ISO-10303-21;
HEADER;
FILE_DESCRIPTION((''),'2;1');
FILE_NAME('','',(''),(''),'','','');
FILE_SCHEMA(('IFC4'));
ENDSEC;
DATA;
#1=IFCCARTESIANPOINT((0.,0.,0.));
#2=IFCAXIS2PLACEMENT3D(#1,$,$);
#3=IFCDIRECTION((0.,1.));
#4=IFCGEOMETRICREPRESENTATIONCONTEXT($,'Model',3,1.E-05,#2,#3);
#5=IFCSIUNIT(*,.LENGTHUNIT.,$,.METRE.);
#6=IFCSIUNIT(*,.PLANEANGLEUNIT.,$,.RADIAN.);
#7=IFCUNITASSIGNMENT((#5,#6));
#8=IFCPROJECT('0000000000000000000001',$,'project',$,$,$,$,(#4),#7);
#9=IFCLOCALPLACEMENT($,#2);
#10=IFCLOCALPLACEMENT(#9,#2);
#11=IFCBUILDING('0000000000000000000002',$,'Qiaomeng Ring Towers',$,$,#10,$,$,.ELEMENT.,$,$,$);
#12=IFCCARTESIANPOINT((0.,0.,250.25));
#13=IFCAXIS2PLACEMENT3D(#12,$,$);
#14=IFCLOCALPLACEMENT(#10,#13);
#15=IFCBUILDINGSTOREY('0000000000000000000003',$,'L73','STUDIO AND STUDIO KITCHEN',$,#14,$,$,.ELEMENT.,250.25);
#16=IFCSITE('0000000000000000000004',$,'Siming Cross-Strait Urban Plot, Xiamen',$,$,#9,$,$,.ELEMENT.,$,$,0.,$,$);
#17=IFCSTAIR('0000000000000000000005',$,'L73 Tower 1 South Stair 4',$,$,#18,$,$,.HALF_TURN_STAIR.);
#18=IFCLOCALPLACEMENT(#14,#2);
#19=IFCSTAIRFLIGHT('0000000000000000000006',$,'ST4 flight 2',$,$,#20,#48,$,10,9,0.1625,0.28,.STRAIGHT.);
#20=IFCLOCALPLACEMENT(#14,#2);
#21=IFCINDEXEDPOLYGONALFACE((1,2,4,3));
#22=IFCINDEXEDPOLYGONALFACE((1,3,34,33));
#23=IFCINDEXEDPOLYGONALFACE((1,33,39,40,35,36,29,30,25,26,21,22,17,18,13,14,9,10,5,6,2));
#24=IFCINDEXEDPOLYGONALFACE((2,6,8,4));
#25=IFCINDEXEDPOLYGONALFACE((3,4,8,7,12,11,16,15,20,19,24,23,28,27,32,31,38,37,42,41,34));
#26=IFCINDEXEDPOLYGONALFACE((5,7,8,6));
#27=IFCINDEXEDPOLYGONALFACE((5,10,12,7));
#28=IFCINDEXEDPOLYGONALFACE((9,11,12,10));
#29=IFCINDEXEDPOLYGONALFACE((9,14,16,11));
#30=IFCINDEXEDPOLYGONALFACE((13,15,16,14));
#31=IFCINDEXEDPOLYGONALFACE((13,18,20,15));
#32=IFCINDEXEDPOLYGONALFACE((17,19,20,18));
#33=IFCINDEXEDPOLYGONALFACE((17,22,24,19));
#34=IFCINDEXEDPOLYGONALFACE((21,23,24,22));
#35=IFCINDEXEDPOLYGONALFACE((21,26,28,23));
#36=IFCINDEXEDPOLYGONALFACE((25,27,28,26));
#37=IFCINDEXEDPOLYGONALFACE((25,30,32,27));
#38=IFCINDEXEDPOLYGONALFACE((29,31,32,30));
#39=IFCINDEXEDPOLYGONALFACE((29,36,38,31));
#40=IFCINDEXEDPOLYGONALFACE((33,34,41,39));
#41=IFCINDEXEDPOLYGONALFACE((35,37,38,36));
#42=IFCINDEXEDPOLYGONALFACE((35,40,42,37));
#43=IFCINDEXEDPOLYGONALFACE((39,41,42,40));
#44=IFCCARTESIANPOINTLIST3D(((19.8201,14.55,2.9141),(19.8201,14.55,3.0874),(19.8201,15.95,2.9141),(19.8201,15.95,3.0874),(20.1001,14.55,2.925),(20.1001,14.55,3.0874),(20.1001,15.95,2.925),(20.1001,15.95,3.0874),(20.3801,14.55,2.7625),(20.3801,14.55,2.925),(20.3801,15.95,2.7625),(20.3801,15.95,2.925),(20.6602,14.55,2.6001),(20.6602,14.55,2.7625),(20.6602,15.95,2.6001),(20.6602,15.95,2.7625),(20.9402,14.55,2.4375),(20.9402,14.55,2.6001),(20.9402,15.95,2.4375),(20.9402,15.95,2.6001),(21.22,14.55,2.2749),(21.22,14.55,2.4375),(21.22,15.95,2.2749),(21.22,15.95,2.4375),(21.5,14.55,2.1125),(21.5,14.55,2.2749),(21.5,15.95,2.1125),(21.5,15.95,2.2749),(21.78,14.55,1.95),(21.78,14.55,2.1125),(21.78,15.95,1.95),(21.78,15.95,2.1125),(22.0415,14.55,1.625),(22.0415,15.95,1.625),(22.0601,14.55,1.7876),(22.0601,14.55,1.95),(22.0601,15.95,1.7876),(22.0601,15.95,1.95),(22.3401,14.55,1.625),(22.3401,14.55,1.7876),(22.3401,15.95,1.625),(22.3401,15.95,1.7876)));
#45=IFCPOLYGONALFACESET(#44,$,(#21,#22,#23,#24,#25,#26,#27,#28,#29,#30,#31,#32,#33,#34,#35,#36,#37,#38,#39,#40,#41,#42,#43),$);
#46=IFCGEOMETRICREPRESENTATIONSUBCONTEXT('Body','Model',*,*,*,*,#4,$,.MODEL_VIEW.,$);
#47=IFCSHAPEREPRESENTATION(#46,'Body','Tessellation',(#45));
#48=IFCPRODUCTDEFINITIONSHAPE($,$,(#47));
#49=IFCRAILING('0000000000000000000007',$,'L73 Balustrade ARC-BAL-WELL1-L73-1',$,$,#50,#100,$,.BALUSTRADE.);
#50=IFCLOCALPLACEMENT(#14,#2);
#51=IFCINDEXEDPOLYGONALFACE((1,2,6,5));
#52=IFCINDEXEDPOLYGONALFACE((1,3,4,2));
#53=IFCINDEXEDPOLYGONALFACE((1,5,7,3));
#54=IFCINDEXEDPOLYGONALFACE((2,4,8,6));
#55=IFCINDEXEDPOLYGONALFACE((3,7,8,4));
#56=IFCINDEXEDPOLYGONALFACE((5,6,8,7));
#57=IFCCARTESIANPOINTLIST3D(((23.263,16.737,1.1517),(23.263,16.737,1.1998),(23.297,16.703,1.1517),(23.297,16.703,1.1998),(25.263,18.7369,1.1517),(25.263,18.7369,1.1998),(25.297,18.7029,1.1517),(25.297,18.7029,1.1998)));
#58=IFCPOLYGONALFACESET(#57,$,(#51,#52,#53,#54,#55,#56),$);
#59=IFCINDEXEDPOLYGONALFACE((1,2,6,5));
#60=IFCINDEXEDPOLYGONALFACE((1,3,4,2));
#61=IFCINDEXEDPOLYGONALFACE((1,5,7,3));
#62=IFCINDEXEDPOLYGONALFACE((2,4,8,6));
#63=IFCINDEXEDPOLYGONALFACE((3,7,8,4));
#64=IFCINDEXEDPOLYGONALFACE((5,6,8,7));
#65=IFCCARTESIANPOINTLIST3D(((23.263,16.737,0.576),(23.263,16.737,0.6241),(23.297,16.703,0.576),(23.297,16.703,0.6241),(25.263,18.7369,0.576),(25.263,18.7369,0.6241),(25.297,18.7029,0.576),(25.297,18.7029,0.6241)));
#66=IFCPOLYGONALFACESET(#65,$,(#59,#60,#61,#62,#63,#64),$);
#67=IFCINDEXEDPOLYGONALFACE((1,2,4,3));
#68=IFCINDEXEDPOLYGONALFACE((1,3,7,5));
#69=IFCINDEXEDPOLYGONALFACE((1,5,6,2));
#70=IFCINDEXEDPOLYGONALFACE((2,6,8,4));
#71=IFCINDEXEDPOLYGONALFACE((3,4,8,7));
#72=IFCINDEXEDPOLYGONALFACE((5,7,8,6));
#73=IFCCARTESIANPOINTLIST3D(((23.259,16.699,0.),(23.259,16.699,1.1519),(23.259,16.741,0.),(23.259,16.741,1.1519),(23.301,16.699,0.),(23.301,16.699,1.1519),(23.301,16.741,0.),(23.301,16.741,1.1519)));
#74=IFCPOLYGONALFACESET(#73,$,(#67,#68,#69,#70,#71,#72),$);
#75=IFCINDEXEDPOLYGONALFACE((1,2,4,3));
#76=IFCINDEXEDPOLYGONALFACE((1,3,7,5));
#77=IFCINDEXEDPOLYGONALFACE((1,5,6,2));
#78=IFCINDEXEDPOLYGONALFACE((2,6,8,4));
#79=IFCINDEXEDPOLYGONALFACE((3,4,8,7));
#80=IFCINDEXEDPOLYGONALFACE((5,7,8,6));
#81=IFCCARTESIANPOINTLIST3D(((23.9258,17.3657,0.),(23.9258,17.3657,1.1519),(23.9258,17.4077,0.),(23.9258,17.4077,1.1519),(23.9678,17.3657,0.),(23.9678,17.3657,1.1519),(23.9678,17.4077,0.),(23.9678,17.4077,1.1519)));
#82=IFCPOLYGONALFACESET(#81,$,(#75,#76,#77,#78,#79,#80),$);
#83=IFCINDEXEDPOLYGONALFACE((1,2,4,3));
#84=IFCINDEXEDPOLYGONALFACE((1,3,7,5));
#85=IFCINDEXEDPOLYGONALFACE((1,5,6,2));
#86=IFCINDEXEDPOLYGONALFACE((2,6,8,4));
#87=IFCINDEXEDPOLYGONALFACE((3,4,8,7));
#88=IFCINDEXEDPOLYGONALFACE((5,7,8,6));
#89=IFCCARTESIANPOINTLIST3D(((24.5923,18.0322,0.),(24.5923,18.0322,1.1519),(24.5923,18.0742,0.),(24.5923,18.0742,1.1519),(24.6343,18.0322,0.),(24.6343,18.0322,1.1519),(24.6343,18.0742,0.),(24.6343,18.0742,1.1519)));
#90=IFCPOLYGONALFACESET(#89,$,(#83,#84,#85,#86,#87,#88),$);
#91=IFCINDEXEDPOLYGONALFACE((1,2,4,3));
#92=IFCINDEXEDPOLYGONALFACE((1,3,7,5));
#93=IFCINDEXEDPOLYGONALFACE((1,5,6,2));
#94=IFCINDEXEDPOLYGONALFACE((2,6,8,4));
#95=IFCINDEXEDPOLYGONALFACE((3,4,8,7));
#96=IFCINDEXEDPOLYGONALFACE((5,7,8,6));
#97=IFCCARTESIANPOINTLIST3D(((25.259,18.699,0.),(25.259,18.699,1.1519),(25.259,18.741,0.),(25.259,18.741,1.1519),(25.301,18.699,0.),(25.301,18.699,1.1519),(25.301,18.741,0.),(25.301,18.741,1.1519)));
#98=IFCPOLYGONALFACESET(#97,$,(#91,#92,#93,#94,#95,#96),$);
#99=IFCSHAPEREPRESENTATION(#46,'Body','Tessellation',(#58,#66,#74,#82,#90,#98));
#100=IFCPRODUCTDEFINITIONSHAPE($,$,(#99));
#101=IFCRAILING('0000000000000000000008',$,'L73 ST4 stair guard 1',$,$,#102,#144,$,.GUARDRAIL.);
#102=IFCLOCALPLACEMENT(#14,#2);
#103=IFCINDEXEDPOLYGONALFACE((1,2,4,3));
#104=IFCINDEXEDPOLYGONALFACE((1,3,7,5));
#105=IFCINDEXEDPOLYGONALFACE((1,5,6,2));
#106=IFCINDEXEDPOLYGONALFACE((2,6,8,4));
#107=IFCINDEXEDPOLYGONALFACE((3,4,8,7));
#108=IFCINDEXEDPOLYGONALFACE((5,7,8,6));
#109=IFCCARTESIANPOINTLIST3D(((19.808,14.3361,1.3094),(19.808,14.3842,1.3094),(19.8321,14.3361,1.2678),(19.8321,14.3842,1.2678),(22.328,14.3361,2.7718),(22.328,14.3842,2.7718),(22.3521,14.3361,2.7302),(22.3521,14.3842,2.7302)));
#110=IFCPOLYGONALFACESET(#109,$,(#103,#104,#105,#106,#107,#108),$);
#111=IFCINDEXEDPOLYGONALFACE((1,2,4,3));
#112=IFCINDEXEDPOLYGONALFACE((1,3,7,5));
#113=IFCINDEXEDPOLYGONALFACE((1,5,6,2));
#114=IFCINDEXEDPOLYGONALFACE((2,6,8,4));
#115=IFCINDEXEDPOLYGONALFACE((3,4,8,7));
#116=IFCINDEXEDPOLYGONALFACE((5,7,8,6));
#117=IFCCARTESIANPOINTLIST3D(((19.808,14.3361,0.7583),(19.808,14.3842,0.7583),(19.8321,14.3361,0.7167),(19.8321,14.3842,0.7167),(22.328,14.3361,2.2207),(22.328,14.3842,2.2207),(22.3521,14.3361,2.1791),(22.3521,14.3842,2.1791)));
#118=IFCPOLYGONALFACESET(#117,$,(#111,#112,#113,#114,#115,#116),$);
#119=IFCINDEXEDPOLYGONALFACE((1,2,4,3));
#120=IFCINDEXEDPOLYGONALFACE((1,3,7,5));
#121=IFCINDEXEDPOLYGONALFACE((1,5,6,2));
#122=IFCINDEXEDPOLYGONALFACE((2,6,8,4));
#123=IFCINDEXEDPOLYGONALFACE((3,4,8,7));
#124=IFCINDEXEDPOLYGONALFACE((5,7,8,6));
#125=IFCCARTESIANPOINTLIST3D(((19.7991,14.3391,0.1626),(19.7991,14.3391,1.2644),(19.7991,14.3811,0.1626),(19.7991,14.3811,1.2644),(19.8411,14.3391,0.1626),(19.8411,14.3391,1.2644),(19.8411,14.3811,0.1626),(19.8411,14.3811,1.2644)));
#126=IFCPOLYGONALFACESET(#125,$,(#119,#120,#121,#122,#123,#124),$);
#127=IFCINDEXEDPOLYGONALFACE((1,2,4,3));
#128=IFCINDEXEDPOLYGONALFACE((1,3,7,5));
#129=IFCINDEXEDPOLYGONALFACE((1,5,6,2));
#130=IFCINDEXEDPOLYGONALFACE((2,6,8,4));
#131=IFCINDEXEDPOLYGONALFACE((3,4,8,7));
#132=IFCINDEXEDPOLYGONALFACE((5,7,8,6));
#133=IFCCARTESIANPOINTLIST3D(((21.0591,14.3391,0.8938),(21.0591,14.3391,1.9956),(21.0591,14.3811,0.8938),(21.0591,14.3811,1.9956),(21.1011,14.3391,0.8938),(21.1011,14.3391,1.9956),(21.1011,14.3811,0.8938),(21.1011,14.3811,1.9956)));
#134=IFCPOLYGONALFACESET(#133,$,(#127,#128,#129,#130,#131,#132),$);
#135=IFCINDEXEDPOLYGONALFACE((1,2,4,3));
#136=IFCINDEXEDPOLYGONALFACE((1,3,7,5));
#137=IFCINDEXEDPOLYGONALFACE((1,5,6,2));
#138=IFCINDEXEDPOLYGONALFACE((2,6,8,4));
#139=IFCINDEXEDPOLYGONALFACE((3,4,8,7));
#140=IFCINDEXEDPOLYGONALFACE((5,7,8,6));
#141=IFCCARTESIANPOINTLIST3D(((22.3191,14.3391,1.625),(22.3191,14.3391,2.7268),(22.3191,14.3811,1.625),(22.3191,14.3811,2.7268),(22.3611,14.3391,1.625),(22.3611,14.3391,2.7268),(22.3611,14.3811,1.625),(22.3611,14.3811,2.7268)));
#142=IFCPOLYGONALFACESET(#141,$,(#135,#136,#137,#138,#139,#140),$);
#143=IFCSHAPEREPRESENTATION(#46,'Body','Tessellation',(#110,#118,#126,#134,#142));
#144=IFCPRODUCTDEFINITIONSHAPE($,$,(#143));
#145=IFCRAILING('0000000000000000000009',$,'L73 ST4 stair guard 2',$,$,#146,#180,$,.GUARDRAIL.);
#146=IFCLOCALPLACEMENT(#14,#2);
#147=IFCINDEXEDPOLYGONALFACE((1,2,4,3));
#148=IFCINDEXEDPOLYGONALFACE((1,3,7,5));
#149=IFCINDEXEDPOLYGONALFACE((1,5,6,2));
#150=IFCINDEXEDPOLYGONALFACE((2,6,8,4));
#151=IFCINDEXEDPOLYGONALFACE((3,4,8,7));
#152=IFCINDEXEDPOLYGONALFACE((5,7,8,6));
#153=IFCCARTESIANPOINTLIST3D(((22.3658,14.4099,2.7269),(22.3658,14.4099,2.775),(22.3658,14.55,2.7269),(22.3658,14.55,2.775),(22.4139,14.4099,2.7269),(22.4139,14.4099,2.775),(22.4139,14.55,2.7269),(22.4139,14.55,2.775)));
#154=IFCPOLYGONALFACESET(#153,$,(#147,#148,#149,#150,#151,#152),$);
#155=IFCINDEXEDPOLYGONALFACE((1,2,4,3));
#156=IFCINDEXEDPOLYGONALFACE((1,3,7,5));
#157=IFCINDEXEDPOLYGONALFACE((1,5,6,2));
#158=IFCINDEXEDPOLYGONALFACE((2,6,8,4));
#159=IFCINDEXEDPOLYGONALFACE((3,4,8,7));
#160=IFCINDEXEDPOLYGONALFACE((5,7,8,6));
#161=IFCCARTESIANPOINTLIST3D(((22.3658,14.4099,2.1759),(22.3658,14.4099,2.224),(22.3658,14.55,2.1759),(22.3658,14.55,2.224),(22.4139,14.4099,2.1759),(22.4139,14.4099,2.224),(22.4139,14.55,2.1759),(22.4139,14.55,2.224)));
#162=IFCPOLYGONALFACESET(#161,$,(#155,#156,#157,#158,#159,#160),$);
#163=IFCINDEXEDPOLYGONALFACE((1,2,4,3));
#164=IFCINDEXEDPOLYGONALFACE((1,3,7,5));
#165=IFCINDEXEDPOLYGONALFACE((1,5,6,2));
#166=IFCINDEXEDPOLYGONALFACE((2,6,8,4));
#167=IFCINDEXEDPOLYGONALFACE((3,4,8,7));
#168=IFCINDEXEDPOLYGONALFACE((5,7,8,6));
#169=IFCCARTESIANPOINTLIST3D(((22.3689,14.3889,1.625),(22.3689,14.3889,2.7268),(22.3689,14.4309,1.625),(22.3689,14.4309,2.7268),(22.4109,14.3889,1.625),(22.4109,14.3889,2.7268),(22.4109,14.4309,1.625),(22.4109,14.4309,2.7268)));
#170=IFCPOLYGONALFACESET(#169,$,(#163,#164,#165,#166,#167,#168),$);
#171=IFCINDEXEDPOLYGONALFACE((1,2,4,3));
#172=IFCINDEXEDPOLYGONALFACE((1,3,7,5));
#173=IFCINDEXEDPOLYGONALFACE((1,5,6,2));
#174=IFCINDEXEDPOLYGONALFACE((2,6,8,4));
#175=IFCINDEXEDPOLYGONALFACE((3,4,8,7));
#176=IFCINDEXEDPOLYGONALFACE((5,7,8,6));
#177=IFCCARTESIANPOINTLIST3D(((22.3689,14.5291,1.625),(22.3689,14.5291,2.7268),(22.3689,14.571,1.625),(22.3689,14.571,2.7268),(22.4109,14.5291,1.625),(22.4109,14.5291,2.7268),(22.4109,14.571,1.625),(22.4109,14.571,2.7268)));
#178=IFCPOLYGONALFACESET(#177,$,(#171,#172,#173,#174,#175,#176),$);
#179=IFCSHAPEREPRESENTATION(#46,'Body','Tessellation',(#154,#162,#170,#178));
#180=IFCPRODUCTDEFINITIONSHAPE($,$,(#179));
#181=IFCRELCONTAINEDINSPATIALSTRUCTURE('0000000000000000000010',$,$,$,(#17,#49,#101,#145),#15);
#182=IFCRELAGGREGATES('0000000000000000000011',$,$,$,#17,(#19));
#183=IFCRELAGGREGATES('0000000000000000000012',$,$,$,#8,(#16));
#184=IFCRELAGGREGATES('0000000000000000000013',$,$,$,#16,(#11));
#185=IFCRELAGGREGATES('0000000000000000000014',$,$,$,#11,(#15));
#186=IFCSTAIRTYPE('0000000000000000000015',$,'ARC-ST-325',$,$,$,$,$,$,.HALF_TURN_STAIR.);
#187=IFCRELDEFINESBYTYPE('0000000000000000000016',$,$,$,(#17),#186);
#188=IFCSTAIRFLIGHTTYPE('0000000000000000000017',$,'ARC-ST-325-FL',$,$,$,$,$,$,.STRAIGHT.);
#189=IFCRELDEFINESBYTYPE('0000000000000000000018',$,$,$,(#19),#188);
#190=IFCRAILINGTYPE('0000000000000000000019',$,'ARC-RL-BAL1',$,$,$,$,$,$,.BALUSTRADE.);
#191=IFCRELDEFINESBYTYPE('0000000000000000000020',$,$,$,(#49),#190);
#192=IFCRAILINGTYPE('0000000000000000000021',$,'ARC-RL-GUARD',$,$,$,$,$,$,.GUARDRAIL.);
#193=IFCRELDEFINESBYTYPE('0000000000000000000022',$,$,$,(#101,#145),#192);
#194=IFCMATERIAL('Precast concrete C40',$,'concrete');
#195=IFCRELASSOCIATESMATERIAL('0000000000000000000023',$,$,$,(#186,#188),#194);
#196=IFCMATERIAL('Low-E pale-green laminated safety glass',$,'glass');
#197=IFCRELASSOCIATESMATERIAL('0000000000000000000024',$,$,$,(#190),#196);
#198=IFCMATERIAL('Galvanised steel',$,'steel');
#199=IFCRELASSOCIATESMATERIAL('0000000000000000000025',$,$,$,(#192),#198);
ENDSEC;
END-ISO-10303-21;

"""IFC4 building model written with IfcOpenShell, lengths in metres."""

from ifc_helpers import new_model, si_unit, direction, frame, origin, origin_2d, place, context, subcontext, project, spatial, polyline, rectangle, outline, extrude, source, transform, mapped, material, type_object, element, aggregate, save


model = new_model("IFC4")

# Units and contexts
model_context = context("Model", 3, precision=1e-05, world=origin(), true_north=direction((0.0, 1.0)))
body_context = subcontext(model_context, "Body", "Model", "MODEL_VIEW")
ifc_project = project(units=[si_unit("LENGTHUNIT", "METRE"), si_unit("PLANEANGLEUNIT", "RADIAN")], contexts=[model_context])

# Site, building, storey
site_placement = place(None, origin())
site = spatial("IfcSite", under=ifc_project, at=site_placement, Name="Siming Cross-Strait Urban Plot, Xiamen", CompositionType="ELEMENT", RefElevation=0.0)
building_placement = place(site_placement, origin())
building = spatial("IfcBuilding", under=site, at=building_placement, Name="Qiaomeng Ring Towers", CompositionType="ELEMENT")
storey_placement = place(building_placement, frame((0.0, 0.0, 250.25)))
storey = spatial("IfcBuildingStorey", under=building, at=storey_placement, Name="L73", Description="STUDIO AND STUDIO KITCHEN", CompositionType="ELEMENT", Elevation=250.25)

# Shared definitions
ifc_material_1 = material(Name="Galvanised steel", Category="steel")

# Stair, stair flight
ifc_material_2 = material(Name="Precast concrete C40", Category="concrete")
stair_type = type_object("IfcStairType", Name="ARC-ST-325", PredefinedType="HALF_TURN_STAIR", material=ifc_material_2)
stair_placement = place(storey_placement, origin())
stair = element("IfcStair", 1, at=stair_placement, inside=storey, type_object=stair_type, Name="L73 Tower 1 South Stair 4", PredefinedType="HALF_TURN_STAIR")
stair_flight_type = type_object("IfcStairFlightType", Name="ARC-ST-325-FL", PredefinedType="STRAIGHT", material=ifc_material_2)
shared_shape_1 = source(origin(), body_context, "Body", "SweptSolid", [
    extrude(outline(polyline([(0.0, 0.0), (0.0, 0.1626), (0.28, 0.1626), (0.28, 0.325), (0.5601, 0.325), (0.5601, 0.4875), (0.8401, 0.4875), (0.8401, 0.6499), (1.1201, 0.6499), (1.1201, 0.8125), (1.3999, 0.8125), (1.3999, 0.9751), (1.6799, 0.9751), (1.6799, 1.1375), (1.96, 1.1375), (1.96, 1.3), (2.24, 1.3), (2.24, 1.4624), (2.52, 1.4624), (2.52, 1.625), (2.52, 1.2891), (0.2986, 0.0), (0.0, 0.0)])), frame((0.0, 0.7, 0.0), z_axis=(0.0, -1.0, 0.0), x_axis=(1.0, 0.0, 0.0)), (0.0, 0.0, 1.0), 1.3999),
])
stair_flight_1_placement = place(storey_placement, frame((22.3401, 15.25, 1.625), z_axis=(0.0, 0.0, 1.0), x_axis=(-1.0, 0.0, 0.0)))
stair_flight_1 = element("IfcStairFlight", 2, at=stair_flight_1_placement, type_object=stair_flight_type, Name="ST4 flight 2", NumberOfRisers=10, NumberOfTreads=9, PredefinedType="STRAIGHT", RiserHeight=0.1625, TreadLength=0.28, context=body_context, shape_type="MappedRepresentation", body=[
    mapped(shared_shape_1, transform((0.0, 0.0, 0.0), x_axis=(1.0, 0.0, 0.0), y_axis=(0.0, 1.0, 0.0), z_axis=(0.0, 0.0, 1.0), scale=1.0)),
])
aggregate(stair, [stair_flight_1])

# Railings
ifc_material_3 = material(Name="Low-E pale-green laminated safety glass", Category="glass")
railing_type_1 = type_object("IfcRailingType", Name="ARC-RL-BAL1", PredefinedType="BALUSTRADE", material=ifc_material_3)
railing_1_placement = place(storey_placement, frame((23.28, 16.72, 0.0)))
element("IfcRailing", 3, at=railing_1_placement, inside=storey, type_object=railing_type_1, Name="L73 Balustrade ARC-BAL-WELL1-L73-1", PredefinedType="BALUSTRADE", context=body_context, shape_type="SweptSolid", body=[
    extrude(rectangle(XDim=0.0481, YDim=0.0481, at=origin_2d()), frame((0.0, 0.0, 1.1758), z_axis=(0.707107, 0.707107, 0.0), x_axis=(-0.707107, 0.707107, 0.0)), (0.0, 0.0, 1.0), 2.8284),
    extrude(rectangle(XDim=0.0481, YDim=0.0481, at=origin_2d()), frame((0.0, 0.0, 0.6001), z_axis=(0.707107, 0.707107, 0.0), x_axis=(-0.707107, 0.707107, 0.0)), (0.0, 0.0, 1.0), 2.8284),
    extrude(rectangle(XDim=0.042, YDim=0.042, at=origin_2d()), origin(), (0.0, 0.0, 1.0), 1.1519),
    extrude(rectangle(XDim=0.042, YDim=0.042, at=origin_2d()), frame((0.6667, 0.6667, 0.0)), (0.0, 0.0, 1.0), 1.1519),
    extrude(rectangle(XDim=0.042, YDim=0.042, at=origin_2d()), frame((1.3333, 1.3333, 0.0)), (0.0, 0.0, 1.0), 1.1519),
    extrude(rectangle(XDim=0.042, YDim=0.042, at=origin_2d()), frame((2.0, 2.0, 0.0)), (0.0, 0.0, 1.0), 1.1519),
])
railing_type_2 = type_object("IfcRailingType", Name="ARC-RL-GUARD", PredefinedType="GUARDRAIL", material=ifc_material_1)
railing_2_placement = place(storey_placement, frame((19.8201, 14.3601, 0.1626)))
element("IfcRailing", 4, at=railing_2_placement, inside=storey, type_object=railing_type_2, Name="L73 ST4 stair guard 1", PredefinedType="GUARDRAIL", context=body_context, shape_type="SweptSolid", body=[
    extrude(rectangle(XDim=0.0481, YDim=0.0481, at=origin_2d()), frame((0.0, 0.0, 1.126), z_axis=(0.864913, 0.0, 0.501921), x_axis=(0.0, 1.0, 0.0)), (0.0, 0.0, 1.0), 2.9136),
    extrude(rectangle(XDim=0.0481, YDim=0.0481, at=origin_2d()), frame((0.0, 0.0, 0.575), z_axis=(0.864913, 0.0, 0.501921), x_axis=(0.0, 1.0, 0.0)), (0.0, 0.0, 1.0), 2.9136),
    extrude(rectangle(XDim=0.042, YDim=0.042, at=origin_2d()), origin(), (0.0, 0.0, 1.0), 1.1018),
    extrude(rectangle(XDim=0.042, YDim=0.042, at=origin_2d()), frame((1.26, 0.0, 0.7312)), (0.0, 0.0, 1.0), 1.1018),
    extrude(rectangle(XDim=0.042, YDim=0.042, at=origin_2d()), frame((2.52, 0.0, 1.4624)), (0.0, 0.0, 1.0), 1.1018),
])
railing_3_placement = place(storey_placement, frame((22.3899, 14.4099, 1.625)))
element("IfcRailing", 5, at=railing_3_placement, inside=storey, type_object=railing_type_2, Name="L73 ST4 stair guard 2", PredefinedType="GUARDRAIL", context=body_context, shape_type="SweptSolid", body=[
    extrude(rectangle(XDim=0.0481, YDim=0.0481, at=origin_2d()), frame((0.0, 0.0, 1.126), z_axis=(0.0, 1.0, 0.0), x_axis=(-1.0, 0.0, 0.0)), (0.0, 0.0, 1.0), 0.1401),
    extrude(rectangle(XDim=0.0481, YDim=0.0481, at=origin_2d()), frame((0.0, 0.0, 0.575), z_axis=(0.0, 1.0, 0.0), x_axis=(-1.0, 0.0, 0.0)), (0.0, 0.0, 1.0), 0.1401),
    extrude(rectangle(XDim=0.042, YDim=0.042, at=origin_2d()), origin(), (0.0, 0.0, 1.0), 1.1018),
    extrude(rectangle(XDim=0.042, YDim=0.042, at=origin_2d()), frame((0.0, 0.1401, 0.0)), (0.0, 0.0, 1.0), 1.1018),
])

save(model, "model.ifc")
